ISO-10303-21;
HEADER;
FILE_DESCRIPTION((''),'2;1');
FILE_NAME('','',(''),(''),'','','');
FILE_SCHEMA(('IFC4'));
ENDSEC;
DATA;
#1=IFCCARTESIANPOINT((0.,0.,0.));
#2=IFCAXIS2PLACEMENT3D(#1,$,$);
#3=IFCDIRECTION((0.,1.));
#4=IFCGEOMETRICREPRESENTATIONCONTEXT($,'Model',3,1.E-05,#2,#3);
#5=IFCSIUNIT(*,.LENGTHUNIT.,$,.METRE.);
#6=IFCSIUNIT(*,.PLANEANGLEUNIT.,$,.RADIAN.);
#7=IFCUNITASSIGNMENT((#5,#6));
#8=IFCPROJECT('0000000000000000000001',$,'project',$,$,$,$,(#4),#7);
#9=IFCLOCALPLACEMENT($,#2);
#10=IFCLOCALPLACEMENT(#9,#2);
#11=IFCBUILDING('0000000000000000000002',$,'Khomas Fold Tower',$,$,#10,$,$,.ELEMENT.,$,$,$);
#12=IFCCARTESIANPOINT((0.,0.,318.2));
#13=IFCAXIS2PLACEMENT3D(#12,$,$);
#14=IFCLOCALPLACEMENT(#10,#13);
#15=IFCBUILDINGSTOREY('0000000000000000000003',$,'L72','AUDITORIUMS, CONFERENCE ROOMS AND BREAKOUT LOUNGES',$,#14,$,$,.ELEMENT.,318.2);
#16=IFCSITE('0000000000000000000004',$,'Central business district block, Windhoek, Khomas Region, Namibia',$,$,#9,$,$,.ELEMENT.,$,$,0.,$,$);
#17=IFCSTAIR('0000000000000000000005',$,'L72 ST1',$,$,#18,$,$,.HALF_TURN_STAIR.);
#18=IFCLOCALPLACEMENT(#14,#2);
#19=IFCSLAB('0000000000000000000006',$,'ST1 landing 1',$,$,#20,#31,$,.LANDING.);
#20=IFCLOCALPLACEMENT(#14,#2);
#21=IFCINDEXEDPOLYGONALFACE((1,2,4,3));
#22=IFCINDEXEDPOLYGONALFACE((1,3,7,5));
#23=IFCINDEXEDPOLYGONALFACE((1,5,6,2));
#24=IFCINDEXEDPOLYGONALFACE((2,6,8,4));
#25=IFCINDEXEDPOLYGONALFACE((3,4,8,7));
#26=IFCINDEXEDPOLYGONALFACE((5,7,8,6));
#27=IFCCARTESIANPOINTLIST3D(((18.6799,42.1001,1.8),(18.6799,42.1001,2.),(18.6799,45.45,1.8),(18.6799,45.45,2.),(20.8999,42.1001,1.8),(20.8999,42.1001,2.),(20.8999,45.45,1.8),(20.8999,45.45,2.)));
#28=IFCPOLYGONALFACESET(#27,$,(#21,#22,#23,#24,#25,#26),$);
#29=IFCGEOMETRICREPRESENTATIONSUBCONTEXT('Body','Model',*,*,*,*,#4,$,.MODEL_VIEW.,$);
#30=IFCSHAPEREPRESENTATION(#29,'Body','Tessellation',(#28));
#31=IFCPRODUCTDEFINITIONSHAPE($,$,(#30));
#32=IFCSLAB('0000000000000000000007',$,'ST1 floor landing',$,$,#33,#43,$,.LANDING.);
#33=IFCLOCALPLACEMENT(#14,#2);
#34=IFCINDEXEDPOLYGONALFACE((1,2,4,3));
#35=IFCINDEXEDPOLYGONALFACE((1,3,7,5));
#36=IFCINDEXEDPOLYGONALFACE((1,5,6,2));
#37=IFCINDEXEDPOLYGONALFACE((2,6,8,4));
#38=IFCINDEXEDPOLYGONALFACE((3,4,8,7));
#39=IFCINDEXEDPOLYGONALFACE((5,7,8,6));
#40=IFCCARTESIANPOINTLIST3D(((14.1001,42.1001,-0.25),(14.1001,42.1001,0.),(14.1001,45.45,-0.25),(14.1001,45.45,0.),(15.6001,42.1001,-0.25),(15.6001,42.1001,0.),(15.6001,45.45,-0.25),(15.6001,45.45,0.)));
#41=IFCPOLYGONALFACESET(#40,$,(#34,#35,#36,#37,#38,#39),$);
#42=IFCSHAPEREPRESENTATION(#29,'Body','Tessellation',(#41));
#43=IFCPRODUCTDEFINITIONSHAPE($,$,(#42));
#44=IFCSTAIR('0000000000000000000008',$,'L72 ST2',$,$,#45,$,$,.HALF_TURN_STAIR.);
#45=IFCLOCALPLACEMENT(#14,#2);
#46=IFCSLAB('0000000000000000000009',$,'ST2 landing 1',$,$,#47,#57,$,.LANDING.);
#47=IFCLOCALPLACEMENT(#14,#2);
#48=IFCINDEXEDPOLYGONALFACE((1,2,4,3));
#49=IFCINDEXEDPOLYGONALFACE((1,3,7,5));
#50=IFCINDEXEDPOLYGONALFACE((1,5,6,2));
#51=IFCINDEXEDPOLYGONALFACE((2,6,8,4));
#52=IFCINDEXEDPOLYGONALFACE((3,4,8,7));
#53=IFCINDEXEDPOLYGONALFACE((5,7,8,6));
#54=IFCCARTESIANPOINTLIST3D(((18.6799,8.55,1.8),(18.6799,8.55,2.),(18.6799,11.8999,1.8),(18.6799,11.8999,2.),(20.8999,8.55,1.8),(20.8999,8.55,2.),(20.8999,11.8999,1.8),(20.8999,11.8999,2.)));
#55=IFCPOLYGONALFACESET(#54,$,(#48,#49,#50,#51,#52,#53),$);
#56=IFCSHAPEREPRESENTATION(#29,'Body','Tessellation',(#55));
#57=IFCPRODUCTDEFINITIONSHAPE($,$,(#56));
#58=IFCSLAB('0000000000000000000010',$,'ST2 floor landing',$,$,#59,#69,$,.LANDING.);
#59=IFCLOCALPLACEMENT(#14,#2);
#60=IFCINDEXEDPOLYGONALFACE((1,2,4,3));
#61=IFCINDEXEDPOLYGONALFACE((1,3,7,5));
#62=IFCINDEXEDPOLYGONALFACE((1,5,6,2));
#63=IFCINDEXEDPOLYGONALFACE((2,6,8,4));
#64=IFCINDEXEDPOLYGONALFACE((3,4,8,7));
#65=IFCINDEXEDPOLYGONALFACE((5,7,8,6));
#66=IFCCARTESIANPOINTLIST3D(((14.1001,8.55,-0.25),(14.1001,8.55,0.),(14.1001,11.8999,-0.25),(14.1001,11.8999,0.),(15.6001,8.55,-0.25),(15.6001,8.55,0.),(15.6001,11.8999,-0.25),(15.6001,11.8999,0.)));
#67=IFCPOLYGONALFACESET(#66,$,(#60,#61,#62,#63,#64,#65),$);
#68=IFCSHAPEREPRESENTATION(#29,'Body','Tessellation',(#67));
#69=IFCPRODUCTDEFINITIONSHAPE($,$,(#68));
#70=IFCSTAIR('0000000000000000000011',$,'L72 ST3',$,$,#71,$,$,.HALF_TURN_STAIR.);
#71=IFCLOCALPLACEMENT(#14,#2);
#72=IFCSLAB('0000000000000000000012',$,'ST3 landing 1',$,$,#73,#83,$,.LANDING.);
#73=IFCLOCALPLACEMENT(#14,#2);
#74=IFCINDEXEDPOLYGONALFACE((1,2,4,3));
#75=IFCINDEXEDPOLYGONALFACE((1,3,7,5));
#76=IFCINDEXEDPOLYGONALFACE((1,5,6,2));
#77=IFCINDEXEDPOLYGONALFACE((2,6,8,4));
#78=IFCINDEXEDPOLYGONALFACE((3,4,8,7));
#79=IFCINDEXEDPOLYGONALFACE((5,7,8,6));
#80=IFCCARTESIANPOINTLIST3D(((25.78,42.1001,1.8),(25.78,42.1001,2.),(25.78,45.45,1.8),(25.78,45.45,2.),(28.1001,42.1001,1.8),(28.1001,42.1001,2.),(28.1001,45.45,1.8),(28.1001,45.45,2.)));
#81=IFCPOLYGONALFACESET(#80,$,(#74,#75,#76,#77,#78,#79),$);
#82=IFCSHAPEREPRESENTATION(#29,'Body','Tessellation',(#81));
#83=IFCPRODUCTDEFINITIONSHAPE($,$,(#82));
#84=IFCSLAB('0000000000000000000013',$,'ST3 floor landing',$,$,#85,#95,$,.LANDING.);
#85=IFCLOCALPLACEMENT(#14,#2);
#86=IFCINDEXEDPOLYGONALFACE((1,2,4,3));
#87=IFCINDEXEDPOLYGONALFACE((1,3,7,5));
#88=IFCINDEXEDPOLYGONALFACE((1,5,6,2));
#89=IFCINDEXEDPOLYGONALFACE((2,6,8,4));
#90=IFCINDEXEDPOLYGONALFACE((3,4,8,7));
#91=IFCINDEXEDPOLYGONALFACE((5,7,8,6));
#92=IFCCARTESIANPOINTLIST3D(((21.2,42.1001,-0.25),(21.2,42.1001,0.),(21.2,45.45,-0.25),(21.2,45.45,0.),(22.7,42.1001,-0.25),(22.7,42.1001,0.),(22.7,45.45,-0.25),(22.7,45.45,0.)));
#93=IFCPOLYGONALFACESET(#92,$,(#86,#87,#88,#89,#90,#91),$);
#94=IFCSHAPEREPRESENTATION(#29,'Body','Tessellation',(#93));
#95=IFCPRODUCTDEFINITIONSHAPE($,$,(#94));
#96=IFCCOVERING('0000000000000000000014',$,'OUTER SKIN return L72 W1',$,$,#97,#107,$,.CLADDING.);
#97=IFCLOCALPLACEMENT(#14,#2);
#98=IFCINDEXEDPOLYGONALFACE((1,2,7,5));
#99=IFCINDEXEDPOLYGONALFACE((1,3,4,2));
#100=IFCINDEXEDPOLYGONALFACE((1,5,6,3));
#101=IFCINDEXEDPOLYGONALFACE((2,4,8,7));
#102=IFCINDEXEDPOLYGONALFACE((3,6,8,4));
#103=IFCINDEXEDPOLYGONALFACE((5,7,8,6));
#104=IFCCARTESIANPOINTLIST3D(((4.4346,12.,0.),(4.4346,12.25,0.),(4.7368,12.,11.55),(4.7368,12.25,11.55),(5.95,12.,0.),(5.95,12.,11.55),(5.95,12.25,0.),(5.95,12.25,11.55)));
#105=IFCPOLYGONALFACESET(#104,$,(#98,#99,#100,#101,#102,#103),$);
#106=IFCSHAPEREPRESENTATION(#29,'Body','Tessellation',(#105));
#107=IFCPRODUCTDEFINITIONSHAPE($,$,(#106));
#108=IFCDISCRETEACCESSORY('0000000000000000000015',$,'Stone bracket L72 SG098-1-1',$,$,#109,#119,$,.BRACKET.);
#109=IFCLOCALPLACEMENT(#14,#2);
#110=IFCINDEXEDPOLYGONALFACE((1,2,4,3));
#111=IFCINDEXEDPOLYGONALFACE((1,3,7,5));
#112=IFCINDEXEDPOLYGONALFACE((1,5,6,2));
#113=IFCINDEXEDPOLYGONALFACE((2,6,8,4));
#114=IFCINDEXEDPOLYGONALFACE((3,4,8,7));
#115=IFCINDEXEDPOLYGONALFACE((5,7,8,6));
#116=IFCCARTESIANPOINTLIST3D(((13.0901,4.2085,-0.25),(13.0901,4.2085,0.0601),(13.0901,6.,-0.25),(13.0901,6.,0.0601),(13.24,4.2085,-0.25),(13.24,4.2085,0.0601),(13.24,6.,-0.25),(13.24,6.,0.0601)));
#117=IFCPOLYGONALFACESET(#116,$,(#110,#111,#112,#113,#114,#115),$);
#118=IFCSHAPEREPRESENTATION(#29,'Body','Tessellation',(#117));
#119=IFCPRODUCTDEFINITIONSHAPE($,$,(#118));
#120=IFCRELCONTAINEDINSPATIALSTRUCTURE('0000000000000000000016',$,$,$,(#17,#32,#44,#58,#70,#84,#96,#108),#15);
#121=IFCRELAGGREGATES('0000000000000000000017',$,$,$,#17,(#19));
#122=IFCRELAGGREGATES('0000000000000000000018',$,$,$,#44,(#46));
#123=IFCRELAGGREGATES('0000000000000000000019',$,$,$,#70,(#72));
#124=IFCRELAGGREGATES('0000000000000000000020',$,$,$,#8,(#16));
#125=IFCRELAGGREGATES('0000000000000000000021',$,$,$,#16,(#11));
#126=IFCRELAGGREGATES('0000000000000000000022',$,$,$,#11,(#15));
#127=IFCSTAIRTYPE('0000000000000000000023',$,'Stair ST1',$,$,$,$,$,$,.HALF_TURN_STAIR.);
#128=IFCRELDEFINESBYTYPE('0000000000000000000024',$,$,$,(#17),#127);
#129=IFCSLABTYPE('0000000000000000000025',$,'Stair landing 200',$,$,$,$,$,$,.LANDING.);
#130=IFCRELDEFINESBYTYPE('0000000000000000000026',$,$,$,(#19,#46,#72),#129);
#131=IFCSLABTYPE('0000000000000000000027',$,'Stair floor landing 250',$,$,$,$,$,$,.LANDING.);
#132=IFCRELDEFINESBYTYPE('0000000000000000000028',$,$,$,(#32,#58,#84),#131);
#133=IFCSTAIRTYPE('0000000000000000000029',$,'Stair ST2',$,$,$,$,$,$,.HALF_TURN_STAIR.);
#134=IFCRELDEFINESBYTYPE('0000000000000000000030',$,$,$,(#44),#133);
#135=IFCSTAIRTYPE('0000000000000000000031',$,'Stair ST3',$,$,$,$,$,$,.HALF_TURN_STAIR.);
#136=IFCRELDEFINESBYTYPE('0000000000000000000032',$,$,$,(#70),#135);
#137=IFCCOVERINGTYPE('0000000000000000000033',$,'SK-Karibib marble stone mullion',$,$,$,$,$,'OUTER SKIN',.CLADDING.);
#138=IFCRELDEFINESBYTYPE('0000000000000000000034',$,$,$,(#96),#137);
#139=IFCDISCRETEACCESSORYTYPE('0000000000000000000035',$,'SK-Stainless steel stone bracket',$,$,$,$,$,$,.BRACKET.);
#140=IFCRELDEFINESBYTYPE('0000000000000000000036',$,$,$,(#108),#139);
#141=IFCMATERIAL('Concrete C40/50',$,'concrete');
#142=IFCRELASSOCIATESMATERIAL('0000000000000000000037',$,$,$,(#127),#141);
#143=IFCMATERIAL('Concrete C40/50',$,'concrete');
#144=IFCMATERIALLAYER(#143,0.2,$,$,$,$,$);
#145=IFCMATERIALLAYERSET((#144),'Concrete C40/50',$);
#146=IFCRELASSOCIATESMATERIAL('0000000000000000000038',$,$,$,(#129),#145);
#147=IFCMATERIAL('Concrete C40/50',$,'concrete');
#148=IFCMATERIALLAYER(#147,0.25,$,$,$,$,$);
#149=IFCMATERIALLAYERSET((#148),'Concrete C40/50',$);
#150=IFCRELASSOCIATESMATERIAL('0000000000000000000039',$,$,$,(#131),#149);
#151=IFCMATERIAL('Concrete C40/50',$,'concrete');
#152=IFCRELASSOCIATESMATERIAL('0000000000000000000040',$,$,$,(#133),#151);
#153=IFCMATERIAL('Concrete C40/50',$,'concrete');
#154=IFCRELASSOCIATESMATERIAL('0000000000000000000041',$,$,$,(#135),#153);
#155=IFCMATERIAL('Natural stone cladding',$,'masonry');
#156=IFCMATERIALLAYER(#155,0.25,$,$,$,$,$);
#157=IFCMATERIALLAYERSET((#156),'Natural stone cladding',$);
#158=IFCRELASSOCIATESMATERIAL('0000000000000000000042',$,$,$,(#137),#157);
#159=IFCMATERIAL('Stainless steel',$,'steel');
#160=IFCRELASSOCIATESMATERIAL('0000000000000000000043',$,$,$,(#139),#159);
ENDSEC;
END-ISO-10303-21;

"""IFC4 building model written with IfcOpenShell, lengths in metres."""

from ifc_helpers import new_model, si_unit, direction, frame, origin, origin_2d, place, context, subcontext, project, spatial, polyline, rectangle, outline, extrude, source, transform, mapped, material, layer, layer_set, type_object, element, aggregate, save


model = new_model("IFC4")

# Units and contexts
model_context = context("Model", 3, precision=1e-05, world=origin(), true_north=direction((0.0, 1.0)))
body_context = subcontext(model_context, "Body", "Model", "MODEL_VIEW")
ifc_project = project(units=[si_unit("LENGTHUNIT", "METRE"), si_unit("PLANEANGLEUNIT", "RADIAN")], contexts=[model_context])

# Site, building, storey
site_placement = place(None, origin())
site = spatial("IfcSite", under=ifc_project, at=site_placement, Name="Central business district block, Windhoek, Khomas Region, Namibia", CompositionType="ELEMENT", RefElevation=0.0)
building_placement = place(site_placement, origin())
building = spatial("IfcBuilding", under=site, at=building_placement, Name="Khomas Fold Tower", CompositionType="ELEMENT")
storey_placement = place(building_placement, frame((0.0, 0.0, 318.2)))
storey = spatial("IfcBuildingStorey", under=building, at=storey_placement, Name="L72", Description="AUDITORIUMS, CONFERENCE ROOMS AND BREAKOUT LOUNGES", CompositionType="ELEMENT", Elevation=318.2)

# Stair, slab
ifc_material_1 = material(Name="Concrete C40/50", Category="concrete")
stair_type_1 = type_object("IfcStairType", Name="Stair ST1", PredefinedType="HALF_TURN_STAIR", material=ifc_material_1)
stair_1_placement = place(storey_placement, origin())
stair_1 = element("IfcStair", 1, at=stair_1_placement, inside=storey, type_object=stair_type_1, Name="L72 ST1", PredefinedType="HALF_TURN_STAIR")
ifc_material_2 = material(Name="Concrete C40/50", Category="concrete")
ifc_layer_1 = layer(ifc_material_2, 0.2)
ifc_layer_set_1 = layer_set([ifc_layer_1], Name="Concrete C40/50")
slab_type_1 = type_object("IfcSlabType", Name="Stair landing 200", PredefinedType="LANDING", material=ifc_layer_set_1)
shared_shape_1 = source(origin(), body_context, "Body", "SweptSolid", [
    extrude(outline(polyline([(18.6799, 42.1001), (20.8999, 42.1001), (20.8999, 45.45), (18.6799, 45.45), (18.6799, 42.1001)])), origin(), (0.0, 0.0, 1.0), 0.2),
])
slab_1_placement = place(storey_placement, frame((0.0, 0.0, 1.8)))
slab_1 = element("IfcSlab", 2, at=slab_1_placement, type_object=slab_type_1, Name="ST1 landing 1", PredefinedType="LANDING", context=body_context, shape_type="MappedRepresentation", body=[
    mapped(shared_shape_1, transform((0.0, 0.0, 0.0))),
])
aggregate(stair_1, [slab_1])

# Slab
ifc_material_3 = material(Name="Concrete C40/50", Category="concrete")
ifc_layer_2 = layer(ifc_material_3, 0.25)
ifc_layer_set_2 = layer_set([ifc_layer_2], Name="Concrete C40/50")
slab_type_2 = type_object("IfcSlabType", Name="Stair floor landing 250", PredefinedType="LANDING", material=ifc_layer_set_2)
shared_shape_2 = source(origin(), body_context, "Body", "SweptSolid", [
    extrude(outline(polyline([(15.6001, 42.1001), (14.1001, 42.1001), (14.1001, 45.45), (15.6001, 45.45), (15.6001, 42.1001)])), origin(), (0.0, 0.0, 1.0), 0.25),
])
slab_2_placement = place(storey_placement, frame((0.0, 0.0, -0.25)))
element("IfcSlab", 3, at=slab_2_placement, inside=storey, type_object=slab_type_2, Name="ST1 floor landing", PredefinedType="LANDING", context=body_context, shape_type="MappedRepresentation", body=[
    mapped(shared_shape_2, transform((0.0, 0.0, 0.0))),
])

# Stair, slab
ifc_material_4 = material(Name="Concrete C40/50", Category="concrete")
stair_type_2 = type_object("IfcStairType", Name="Stair ST2", PredefinedType="HALF_TURN_STAIR", material=ifc_material_4)
stair_2_placement = place(storey_placement, origin())
stair_2 = element("IfcStair", 4, at=stair_2_placement, inside=storey, type_object=stair_type_2, Name="L72 ST2", PredefinedType="HALF_TURN_STAIR")
shared_shape_3 = source(origin(), body_context, "Body", "SweptSolid", [
    extrude(outline(polyline([(18.6799, 8.55), (20.8999, 8.55), (20.8999, 11.8999), (18.6799, 11.8999), (18.6799, 8.55)])), origin(), (0.0, 0.0, 1.0), 0.2),
])
slab_3_placement = place(storey_placement, frame((0.0, 0.0, 1.8)))
slab_3 = element("IfcSlab", 5, at=slab_3_placement, type_object=slab_type_1, Name="ST2 landing 1", PredefinedType="LANDING", context=body_context, shape_type="MappedRepresentation", body=[
    mapped(shared_shape_3, transform((0.0, 0.0, 0.0))),
])
aggregate(stair_2, [slab_3])

# Slab
shared_shape_4 = source(origin(), body_context, "Body", "SweptSolid", [
    extrude(outline(polyline([(15.6001, 8.55), (14.1001, 8.55), (14.1001, 11.8999), (15.6001, 11.8999), (15.6001, 8.55)])), origin(), (0.0, 0.0, 1.0), 0.25),
])
slab_4_placement = place(storey_placement, frame((0.0, 0.0, -0.25)))
element("IfcSlab", 6, at=slab_4_placement, inside=storey, type_object=slab_type_2, Name="ST2 floor landing", PredefinedType="LANDING", context=body_context, shape_type="MappedRepresentation", body=[
    mapped(shared_shape_4, transform((0.0, 0.0, 0.0))),
])

# Stair, slab
ifc_material_5 = material(Name="Concrete C40/50", Category="concrete")
stair_type_3 = type_object("IfcStairType", Name="Stair ST3", PredefinedType="HALF_TURN_STAIR", material=ifc_material_5)
stair_3_placement = place(storey_placement, origin())
stair_3 = element("IfcStair", 7, at=stair_3_placement, inside=storey, type_object=stair_type_3, Name="L72 ST3", PredefinedType="HALF_TURN_STAIR")
shared_shape_5 = source(origin(), body_context, "Body", "SweptSolid", [
    extrude(outline(polyline([(25.78, 42.1001), (28.1001, 42.1001), (28.1001, 45.45), (25.78, 45.45), (25.78, 42.1001)])), origin(), (0.0, 0.0, 1.0), 0.2),
])
slab_5_placement = place(storey_placement, frame((0.0, 0.0, 1.8)))
slab_5 = element("IfcSlab", 8, at=slab_5_placement, type_object=slab_type_1, Name="ST3 landing 1", PredefinedType="LANDING", context=body_context, shape_type="MappedRepresentation", body=[
    mapped(shared_shape_5, transform((0.0, 0.0, 0.0))),
])
aggregate(stair_3, [slab_5])

# Slab
shared_shape_6 = source(origin(), body_context, "Body", "SweptSolid", [
    extrude(outline(polyline([(22.7, 42.1001), (21.2, 42.1001), (21.2, 45.45), (22.7, 45.45), (22.7, 42.1001)])), origin(), (0.0, 0.0, 1.0), 0.25),
])
slab_6_placement = place(storey_placement, frame((0.0, 0.0, -0.25)))
element("IfcSlab", 9, at=slab_6_placement, inside=storey, type_object=slab_type_2, Name="ST3 floor landing", PredefinedType="LANDING", context=body_context, shape_type="MappedRepresentation", body=[
    mapped(shared_shape_6, transform((0.0, 0.0, 0.0))),
])

# Covering
ifc_material_6 = material(Name="Natural stone cladding", Category="masonry")
ifc_layer_3 = layer(ifc_material_6, 0.25)
ifc_layer_set_3 = layer_set([ifc_layer_3], Name="Natural stone cladding")
covering_type = type_object("IfcCoveringType", Name="SK-Karibib marble stone mullion", ElementType="OUTER SKIN", PredefinedType="CLADDING", material=ifc_layer_set_3)
covering_placement = place(storey_placement, frame((5.95, 12.0, 11.55), z_axis=(0.0, -1.0, 0.0), x_axis=(-1.0, 0.0, 0.0)))
element("IfcCovering", 10, at=covering_placement, inside=storey, type_object=covering_type, Name="OUTER SKIN return L72 W1", PredefinedType="CLADDING", context=body_context, shape_type="SweptSolid", body=[
    extrude(outline(polyline([(0.0, 0.0), (1.2131, 0.0), (1.5154, 11.55), (0.0, 11.55), (0.0, 0.0)])), origin(), (0.0, 0.0, -1.0), 0.25),
])

# Discrete accessory
ifc_material_7 = material(Name="Stainless steel", Category="steel")
discrete_accessory_type = type_object("IfcDiscreteAccessoryType", Name="SK-Stainless steel stone bracket", PredefinedType="BRACKET", material=ifc_material_7)
shared_shape_7 = source(origin(), body_context, "Body", "SweptSolid", [
    extrude(rectangle(XDim=1.7915, YDim=0.1499, at=origin_2d()), origin(), (0.0, 0.0, 1.0), 0.3101),
])
discrete_accessory_placement = place(storey_placement, frame((13.165, 5.1042, -0.25), z_axis=(0.0, 0.0, 1.0), x_axis=(0.0, -1.0, 0.0)))
element("IfcDiscreteAccessory", 11, at=discrete_accessory_placement, inside=storey, type_object=discrete_accessory_type, Name="Stone bracket L72 SG098-1-1", PredefinedType="BRACKET", context=body_context, shape_type="MappedRepresentation", body=[
    mapped(shared_shape_7, transform((0.0, 0.0, 0.0))),
])

save(model, "model.ifc")
